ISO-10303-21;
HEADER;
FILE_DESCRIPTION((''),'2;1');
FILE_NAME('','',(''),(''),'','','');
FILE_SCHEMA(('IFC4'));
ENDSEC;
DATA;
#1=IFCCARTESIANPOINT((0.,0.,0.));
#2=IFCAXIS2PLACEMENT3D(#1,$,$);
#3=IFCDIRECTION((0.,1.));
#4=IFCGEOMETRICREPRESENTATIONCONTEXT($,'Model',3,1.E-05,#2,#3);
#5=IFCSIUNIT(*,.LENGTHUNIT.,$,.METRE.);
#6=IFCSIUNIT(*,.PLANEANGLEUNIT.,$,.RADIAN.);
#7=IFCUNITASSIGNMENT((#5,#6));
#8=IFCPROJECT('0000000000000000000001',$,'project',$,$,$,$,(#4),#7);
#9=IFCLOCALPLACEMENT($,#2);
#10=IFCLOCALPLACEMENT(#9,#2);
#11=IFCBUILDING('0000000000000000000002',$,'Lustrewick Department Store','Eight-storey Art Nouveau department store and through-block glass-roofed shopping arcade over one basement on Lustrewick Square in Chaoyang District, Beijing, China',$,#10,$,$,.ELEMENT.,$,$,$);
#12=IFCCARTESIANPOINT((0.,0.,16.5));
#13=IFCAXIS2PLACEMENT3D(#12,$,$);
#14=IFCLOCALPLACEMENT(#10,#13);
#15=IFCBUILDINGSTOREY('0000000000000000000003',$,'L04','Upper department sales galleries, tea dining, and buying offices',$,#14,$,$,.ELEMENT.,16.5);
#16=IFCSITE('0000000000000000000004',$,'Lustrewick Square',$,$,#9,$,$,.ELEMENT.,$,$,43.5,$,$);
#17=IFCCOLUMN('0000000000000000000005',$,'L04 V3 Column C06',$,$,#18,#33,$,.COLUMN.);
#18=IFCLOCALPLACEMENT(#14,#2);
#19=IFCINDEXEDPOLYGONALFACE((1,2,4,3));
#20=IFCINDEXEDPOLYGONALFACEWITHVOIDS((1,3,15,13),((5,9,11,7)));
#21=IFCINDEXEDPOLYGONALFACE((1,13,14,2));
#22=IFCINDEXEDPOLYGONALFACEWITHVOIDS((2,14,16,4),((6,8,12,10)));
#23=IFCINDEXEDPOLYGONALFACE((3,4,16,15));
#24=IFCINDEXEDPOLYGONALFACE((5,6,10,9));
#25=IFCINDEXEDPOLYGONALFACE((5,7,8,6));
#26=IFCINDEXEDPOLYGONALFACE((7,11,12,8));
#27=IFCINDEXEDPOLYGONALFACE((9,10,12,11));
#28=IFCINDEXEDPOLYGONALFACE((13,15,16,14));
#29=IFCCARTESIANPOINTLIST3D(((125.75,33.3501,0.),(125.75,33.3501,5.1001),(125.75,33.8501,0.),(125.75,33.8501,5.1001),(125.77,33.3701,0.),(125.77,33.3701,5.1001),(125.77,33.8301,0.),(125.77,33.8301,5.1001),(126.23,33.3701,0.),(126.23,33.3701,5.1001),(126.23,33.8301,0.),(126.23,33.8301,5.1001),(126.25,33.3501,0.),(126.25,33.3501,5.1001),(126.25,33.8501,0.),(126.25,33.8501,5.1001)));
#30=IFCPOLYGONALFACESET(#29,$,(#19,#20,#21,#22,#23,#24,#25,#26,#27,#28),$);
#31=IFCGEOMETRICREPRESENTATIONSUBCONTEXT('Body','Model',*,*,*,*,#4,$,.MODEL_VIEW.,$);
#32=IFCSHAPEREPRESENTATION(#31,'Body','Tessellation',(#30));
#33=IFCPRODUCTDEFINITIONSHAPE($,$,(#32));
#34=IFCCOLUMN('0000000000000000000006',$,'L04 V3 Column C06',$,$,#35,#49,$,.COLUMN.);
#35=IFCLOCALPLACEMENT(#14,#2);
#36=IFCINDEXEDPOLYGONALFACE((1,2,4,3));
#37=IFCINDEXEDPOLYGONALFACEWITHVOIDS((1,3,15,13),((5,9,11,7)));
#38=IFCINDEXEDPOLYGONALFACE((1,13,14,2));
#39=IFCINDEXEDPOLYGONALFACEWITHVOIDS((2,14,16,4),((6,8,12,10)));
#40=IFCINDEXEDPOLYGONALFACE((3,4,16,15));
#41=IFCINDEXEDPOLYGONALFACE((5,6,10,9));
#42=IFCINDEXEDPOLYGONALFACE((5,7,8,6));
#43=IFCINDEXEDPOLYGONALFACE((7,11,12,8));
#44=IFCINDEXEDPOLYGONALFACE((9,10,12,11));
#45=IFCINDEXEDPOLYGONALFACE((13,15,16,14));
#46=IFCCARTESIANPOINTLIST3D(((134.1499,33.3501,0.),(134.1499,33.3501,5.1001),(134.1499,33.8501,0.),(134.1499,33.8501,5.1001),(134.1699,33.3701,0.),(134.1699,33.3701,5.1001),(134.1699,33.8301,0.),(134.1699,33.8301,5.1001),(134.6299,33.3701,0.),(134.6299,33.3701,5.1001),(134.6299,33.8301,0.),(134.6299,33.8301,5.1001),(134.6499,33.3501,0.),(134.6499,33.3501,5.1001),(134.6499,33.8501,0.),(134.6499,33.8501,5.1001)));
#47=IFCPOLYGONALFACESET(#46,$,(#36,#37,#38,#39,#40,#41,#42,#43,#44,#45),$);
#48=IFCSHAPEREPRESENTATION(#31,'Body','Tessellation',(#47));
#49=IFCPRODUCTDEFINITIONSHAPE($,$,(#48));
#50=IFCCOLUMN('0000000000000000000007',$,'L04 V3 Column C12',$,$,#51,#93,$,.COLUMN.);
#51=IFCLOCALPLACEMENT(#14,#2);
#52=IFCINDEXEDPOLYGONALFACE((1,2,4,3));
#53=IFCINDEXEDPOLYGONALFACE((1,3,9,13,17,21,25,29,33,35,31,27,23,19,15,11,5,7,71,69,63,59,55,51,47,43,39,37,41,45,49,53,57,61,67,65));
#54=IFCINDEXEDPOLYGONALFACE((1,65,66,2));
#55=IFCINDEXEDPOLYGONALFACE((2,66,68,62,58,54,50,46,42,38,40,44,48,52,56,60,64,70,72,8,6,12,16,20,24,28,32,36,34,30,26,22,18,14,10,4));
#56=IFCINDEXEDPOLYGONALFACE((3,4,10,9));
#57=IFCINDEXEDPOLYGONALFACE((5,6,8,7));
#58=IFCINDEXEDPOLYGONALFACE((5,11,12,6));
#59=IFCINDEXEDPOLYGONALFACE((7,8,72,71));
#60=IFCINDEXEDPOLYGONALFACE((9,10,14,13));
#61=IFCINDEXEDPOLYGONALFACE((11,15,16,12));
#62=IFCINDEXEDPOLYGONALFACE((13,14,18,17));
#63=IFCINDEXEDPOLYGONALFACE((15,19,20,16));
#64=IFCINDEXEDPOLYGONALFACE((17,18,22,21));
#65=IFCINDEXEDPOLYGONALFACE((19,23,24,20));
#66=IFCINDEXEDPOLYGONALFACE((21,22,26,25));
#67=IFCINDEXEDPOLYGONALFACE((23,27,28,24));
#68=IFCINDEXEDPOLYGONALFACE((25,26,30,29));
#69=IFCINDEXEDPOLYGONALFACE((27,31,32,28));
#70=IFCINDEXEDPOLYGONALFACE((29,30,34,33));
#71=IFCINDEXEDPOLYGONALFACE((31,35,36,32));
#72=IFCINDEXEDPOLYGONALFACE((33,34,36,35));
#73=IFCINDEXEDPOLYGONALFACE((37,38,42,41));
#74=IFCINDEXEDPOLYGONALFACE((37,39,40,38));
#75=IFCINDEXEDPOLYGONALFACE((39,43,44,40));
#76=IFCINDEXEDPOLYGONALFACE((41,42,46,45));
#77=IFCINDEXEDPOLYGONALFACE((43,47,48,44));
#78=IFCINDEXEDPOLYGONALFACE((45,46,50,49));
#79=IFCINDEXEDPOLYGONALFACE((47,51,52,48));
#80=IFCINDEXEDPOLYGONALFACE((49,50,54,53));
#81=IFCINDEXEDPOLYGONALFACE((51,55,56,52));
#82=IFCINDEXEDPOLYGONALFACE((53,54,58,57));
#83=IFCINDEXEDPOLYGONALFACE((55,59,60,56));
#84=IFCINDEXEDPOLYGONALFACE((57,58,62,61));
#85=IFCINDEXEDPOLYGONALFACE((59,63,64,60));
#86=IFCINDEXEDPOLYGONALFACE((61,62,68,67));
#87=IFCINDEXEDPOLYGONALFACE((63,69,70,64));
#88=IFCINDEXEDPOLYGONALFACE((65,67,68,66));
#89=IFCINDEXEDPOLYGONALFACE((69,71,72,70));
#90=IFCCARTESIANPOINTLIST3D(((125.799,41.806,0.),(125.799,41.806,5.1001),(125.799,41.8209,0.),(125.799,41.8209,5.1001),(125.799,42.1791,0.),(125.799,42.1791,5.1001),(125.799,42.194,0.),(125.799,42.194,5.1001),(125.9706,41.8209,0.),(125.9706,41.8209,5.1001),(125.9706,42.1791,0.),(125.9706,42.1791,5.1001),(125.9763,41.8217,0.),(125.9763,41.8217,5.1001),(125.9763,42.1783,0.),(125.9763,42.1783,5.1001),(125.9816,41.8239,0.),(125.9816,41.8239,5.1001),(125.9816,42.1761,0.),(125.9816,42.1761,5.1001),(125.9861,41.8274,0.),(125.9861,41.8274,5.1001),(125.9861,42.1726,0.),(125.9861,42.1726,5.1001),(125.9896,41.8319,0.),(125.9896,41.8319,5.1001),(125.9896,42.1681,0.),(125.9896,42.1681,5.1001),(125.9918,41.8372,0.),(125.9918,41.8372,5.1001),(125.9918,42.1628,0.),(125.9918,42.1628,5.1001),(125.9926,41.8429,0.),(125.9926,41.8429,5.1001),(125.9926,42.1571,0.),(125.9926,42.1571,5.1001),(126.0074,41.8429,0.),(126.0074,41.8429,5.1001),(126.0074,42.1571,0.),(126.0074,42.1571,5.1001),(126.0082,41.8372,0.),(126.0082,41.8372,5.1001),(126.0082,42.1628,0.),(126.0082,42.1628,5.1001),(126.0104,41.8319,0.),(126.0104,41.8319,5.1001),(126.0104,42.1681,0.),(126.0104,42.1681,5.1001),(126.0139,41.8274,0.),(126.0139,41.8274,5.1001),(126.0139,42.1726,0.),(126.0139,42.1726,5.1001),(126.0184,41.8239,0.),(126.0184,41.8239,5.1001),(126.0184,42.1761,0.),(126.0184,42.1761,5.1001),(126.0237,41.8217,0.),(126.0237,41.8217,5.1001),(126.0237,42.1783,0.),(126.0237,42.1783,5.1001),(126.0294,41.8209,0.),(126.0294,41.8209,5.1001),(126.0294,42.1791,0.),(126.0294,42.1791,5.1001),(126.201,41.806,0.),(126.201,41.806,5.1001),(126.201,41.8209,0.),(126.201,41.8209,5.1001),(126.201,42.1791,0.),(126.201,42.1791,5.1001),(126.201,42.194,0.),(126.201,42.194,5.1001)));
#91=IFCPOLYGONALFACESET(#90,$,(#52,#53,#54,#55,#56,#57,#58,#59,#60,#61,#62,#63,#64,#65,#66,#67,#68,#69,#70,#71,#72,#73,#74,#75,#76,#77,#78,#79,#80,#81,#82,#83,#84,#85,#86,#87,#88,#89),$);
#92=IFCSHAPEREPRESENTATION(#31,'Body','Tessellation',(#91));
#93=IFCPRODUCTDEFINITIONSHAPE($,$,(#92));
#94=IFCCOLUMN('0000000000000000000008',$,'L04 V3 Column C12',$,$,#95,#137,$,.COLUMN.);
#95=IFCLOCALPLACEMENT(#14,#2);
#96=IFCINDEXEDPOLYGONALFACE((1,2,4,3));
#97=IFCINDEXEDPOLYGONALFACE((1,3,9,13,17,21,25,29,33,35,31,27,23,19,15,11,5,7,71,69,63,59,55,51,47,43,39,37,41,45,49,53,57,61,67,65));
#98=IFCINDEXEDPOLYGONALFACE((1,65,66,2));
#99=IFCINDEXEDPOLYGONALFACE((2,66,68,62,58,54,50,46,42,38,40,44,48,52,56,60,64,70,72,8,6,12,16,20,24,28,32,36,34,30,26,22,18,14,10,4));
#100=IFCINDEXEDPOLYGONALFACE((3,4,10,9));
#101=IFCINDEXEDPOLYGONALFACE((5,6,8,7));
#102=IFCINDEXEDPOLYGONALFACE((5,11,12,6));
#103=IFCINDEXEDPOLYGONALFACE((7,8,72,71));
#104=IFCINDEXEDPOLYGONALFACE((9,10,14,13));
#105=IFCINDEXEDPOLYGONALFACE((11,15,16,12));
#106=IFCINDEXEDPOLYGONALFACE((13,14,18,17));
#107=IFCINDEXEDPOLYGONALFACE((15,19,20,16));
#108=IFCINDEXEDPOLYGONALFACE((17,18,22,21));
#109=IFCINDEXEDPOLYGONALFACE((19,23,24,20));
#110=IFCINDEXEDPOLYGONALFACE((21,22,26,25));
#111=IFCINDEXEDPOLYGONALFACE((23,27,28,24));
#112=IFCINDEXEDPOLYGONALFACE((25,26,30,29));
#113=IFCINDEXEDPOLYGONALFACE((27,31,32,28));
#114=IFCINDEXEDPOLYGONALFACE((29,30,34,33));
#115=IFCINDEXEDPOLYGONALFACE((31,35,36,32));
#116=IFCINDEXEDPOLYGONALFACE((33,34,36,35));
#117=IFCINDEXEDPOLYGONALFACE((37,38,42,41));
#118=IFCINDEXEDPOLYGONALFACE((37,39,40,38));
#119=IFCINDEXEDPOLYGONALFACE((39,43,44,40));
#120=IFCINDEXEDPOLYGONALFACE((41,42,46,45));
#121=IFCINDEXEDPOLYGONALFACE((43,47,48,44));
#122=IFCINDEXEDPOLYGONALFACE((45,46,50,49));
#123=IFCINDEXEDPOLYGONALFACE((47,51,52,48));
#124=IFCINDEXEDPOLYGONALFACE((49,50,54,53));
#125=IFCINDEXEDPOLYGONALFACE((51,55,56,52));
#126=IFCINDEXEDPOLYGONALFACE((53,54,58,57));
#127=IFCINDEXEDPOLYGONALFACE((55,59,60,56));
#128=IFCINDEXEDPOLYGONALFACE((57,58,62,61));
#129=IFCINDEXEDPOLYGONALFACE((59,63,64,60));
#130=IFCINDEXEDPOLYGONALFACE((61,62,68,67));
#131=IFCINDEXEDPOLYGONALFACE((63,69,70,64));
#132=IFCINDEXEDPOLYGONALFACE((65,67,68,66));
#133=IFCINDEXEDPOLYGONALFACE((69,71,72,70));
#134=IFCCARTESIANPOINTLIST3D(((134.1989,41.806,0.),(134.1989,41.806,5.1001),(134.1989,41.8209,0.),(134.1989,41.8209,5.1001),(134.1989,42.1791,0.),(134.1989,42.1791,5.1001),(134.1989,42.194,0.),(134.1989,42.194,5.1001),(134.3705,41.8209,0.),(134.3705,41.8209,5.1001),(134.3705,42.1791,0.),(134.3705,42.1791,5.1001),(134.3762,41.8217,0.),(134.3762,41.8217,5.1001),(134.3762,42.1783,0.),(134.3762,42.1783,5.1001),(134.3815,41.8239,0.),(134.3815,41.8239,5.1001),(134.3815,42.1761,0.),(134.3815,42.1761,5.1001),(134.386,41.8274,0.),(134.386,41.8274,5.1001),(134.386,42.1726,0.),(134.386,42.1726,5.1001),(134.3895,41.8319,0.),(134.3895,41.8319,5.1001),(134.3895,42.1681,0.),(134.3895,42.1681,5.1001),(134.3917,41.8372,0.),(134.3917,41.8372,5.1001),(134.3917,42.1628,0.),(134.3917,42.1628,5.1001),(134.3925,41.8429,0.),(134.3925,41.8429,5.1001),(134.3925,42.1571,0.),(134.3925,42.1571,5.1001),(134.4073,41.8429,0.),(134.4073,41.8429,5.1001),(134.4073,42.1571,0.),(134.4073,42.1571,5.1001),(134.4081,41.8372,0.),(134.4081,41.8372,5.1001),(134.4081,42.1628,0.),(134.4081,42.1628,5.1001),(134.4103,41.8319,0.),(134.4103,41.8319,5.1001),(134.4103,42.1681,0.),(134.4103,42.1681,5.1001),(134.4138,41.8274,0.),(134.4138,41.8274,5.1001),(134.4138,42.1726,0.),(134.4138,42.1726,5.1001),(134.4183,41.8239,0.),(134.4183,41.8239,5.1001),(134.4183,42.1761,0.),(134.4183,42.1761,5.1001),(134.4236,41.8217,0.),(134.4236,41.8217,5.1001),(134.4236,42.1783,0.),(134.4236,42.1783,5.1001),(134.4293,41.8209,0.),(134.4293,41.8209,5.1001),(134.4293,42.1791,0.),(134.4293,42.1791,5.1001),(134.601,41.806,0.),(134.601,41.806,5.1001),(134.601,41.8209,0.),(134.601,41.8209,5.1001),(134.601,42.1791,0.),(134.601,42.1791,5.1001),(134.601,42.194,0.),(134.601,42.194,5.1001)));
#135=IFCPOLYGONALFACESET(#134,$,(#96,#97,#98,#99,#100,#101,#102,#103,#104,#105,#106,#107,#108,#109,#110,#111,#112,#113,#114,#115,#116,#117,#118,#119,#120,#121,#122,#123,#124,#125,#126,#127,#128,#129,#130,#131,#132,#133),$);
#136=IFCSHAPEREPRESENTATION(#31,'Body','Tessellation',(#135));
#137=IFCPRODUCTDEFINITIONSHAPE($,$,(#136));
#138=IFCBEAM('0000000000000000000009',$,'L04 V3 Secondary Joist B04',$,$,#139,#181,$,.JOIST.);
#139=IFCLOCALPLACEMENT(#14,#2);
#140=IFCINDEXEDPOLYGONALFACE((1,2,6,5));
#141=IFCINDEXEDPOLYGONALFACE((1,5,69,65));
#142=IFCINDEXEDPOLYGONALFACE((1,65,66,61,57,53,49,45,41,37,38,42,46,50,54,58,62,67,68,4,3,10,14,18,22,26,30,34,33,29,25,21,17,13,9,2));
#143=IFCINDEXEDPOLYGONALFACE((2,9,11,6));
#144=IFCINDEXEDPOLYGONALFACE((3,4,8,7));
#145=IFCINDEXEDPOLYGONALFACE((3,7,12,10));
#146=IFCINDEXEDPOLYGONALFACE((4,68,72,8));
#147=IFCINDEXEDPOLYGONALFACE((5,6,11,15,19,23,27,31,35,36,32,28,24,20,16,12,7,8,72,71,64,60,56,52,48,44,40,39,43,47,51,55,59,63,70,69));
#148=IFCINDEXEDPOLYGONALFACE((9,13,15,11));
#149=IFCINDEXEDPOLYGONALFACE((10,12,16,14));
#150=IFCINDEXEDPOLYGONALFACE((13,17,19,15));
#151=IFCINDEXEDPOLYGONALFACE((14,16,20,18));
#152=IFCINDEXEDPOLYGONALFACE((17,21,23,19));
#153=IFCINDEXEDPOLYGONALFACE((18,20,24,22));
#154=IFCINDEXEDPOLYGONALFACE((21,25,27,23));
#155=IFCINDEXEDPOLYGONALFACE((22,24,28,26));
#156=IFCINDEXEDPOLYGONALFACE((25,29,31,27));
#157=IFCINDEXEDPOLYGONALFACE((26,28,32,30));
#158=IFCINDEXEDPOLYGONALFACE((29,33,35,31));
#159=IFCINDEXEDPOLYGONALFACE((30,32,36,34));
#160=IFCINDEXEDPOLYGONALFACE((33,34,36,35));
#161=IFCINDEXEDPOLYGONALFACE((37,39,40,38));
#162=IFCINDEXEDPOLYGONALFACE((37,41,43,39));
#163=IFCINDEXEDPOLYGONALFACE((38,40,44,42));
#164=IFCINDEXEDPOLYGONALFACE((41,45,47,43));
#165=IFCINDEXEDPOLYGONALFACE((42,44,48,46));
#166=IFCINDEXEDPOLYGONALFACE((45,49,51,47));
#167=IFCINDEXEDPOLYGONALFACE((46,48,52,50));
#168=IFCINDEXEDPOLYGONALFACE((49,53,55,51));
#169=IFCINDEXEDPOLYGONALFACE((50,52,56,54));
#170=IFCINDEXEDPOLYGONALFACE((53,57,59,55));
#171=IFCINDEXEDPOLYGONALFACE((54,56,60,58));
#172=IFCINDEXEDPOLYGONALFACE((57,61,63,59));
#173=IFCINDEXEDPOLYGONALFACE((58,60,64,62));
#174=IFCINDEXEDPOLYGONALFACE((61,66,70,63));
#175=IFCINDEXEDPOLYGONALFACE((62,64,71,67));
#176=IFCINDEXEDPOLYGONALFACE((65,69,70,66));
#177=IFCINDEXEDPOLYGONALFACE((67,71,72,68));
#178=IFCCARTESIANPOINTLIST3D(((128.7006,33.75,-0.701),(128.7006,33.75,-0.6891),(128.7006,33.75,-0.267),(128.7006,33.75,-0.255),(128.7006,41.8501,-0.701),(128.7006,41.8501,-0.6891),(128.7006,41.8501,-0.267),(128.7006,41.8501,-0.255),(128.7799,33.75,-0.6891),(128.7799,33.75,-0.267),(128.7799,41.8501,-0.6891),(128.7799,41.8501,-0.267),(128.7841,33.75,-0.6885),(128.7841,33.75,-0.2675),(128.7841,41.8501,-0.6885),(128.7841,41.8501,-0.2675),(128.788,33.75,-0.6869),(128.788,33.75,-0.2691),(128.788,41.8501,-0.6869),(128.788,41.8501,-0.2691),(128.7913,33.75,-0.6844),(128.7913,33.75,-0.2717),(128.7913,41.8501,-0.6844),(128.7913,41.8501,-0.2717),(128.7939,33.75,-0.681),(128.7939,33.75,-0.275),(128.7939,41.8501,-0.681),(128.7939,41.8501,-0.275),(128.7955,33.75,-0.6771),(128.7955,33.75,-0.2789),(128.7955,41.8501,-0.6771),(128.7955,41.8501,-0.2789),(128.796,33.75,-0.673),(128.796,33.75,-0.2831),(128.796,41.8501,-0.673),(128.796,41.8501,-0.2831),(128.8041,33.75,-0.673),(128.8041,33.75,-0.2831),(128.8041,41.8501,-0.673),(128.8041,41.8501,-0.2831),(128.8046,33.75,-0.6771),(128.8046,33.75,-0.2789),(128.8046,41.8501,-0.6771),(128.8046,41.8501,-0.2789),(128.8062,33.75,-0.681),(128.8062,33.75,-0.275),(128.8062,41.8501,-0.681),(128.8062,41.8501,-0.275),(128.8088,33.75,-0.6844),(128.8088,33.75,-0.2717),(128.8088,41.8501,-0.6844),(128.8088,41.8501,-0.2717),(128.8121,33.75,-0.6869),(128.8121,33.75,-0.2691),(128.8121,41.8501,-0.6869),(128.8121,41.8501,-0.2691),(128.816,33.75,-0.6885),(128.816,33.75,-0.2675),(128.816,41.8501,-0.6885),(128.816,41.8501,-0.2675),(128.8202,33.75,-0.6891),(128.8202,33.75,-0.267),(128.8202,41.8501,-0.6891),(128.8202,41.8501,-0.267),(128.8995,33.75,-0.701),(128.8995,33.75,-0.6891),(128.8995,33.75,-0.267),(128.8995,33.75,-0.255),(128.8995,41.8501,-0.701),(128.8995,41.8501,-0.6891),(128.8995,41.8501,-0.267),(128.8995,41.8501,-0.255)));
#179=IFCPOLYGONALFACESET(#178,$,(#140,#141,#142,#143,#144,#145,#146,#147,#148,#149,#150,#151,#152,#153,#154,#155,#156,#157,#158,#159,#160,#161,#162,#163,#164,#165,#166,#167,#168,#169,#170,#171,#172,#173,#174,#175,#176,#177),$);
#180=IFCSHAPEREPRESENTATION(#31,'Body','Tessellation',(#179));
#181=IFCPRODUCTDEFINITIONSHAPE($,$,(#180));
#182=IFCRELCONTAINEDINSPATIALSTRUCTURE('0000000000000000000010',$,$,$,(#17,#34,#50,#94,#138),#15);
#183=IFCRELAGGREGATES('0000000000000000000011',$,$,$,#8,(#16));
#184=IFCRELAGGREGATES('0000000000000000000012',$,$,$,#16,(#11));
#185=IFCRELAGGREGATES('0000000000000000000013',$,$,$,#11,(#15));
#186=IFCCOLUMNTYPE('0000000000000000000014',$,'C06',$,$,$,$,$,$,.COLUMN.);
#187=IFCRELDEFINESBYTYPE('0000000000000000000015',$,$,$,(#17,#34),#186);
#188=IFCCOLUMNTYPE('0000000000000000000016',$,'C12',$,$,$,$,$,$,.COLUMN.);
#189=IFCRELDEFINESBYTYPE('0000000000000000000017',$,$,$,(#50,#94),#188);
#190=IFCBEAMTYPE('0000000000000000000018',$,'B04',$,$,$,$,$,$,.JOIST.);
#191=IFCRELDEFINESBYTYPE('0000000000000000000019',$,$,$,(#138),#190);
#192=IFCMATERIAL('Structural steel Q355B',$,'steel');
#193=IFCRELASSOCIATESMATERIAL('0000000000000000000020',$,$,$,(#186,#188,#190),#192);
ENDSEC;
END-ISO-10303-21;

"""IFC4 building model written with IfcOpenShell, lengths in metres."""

from ifc_helpers import new_model, si_unit, direction, frame, origin, origin_2d, place, context, subcontext, project, spatial, hollow_rectangle, i_section, extrude, material, material_profile, profile_set, type_object, element, save


model = new_model("IFC4")

# Units and contexts
model_context = context("Model", 3, precision=1e-05, world=origin(), true_north=direction((0.0, 1.0)))
body_context = subcontext(model_context, "Body", "Model", "MODEL_VIEW")
ifc_project = project(units=[si_unit("LENGTHUNIT", "METRE"), si_unit("PLANEANGLEUNIT", "RADIAN")], contexts=[model_context])

# Site, building, storey
site_placement = place(None, origin())
site = spatial("IfcSite", under=ifc_project, at=site_placement, Name="Lustrewick Square", CompositionType="ELEMENT", RefElevation=43.5)
building_placement = place(site_placement, origin())
building = spatial("IfcBuilding", under=site, at=building_placement, Name="Lustrewick Department Store", Description="Eight-storey Art Nouveau department store and through-block glass-roofed shopping arcade over one basement on Lustrewick Square in Chaoyang District, Beijing, China", CompositionType="ELEMENT")
storey_placement = place(building_placement, frame((0.0, 0.0, 16.5)))
storey = spatial("IfcBuildingStorey", under=building, at=storey_placement, Name="L04", Description="Upper department sales galleries, tea dining, and buying offices", CompositionType="ELEMENT", Elevation=16.5)

# Columns
ifc_material_1 = material(Name="Structural steel Q355B", Category="steel")
ifc_material_profile_1 = material_profile(ifc_material_1, hollow_rectangle(XDim=0.5, YDim=0.5, WallThickness=0.02, at=origin_2d()), Name="BOX 500x500x20")
ifc_profile_set_1 = profile_set([ifc_material_profile_1], Name="Structural steel Q355B")
column_type_1 = type_object("IfcColumnType", Name="C06", PredefinedType="COLUMN", material=ifc_profile_set_1)
for number, where, z_axis, x_axis, name in (
    (1, (126.0, 33.6001, 0.0), (0.0, 0.0, 1.0), (1.0, 0.0, 0.0), "L04 V3 Column C06"),
    (2, (134.3999, 33.6001, 0.0), (0.0, 0.0, 1.0), (1.0, 0.0, 0.0), "L04 V3 Column C06"),
):
    element("IfcColumn", number, at=place(storey_placement, frame(where, z_axis=z_axis, x_axis=x_axis)), inside=storey, type_object=column_type_1, Name=name, PredefinedType="COLUMN", context=body_context, shape_type="SweptSolid", body=[
        extrude(hollow_rectangle(XDim=0.5, YDim=0.5, WallThickness=0.02, at=origin_2d()), origin(), (0.0, 0.0, 1.0), 5.1001),
    ])
ifc_material_profile_2 = material_profile(ifc_material_1, i_section(OverallWidth=0.4021, OverallDepth=0.3879, WebThickness=0.0149, FlangeThickness=0.0149, FilletRadius=0.022, at=origin_2d()), Name="HW 388x402x15x15")
ifc_profile_set_2 = profile_set([ifc_material_profile_2], Name="Structural steel Q355B")
column_type_2 = type_object("IfcColumnType", Name="C12", PredefinedType="COLUMN", material=ifc_profile_set_2)
for number, where, z_axis, x_axis, name in (
    (3, (126.0, 42.0, 0.0), (0.0, 0.0, 1.0), (1.0, 0.0, 0.0), "L04 V3 Column C12"),
    (4, (134.3999, 42.0, 0.0), (0.0, 0.0, 1.0), (1.0, 0.0, 0.0), "L04 V3 Column C12"),
):
    element("IfcColumn", number, at=place(storey_placement, frame(where, z_axis=z_axis, x_axis=x_axis)), inside=storey, type_object=column_type_2, Name=name, PredefinedType="COLUMN", context=body_context, shape_type="SweptSolid", body=[
        extrude(i_section(OverallWidth=0.4021, OverallDepth=0.3879, WebThickness=0.0149, FlangeThickness=0.0149, FilletRadius=0.022, at=origin_2d()), origin(), (0.0, 0.0, 1.0), 5.1001),
    ])

# Beam
ifc_material_profile_3 = material_profile(ifc_material_1, i_section(OverallWidth=0.199, OverallDepth=0.446, WebThickness=0.0081, FlangeThickness=0.012, FilletRadius=0.0161, at=origin_2d()), Name="HN 446x199x8x12")
ifc_profile_set_3 = profile_set([ifc_material_profile_3], Name="Structural steel Q355B")
beam_type_1 = type_object("IfcBeamType", Name="B04", PredefinedType="JOIST", material=ifc_profile_set_3)
beam_1_placement = place(storey_placement, frame((128.8, 33.75, -0.478), z_axis=(0.0, 1.0, 0.0), x_axis=(-1.0, 0.0, 0.0)))
element("IfcBeam", 5, at=beam_1_placement, inside=storey, type_object=beam_type_1, Name="L04 V3 Secondary Joist B04", PredefinedType="JOIST", context=body_context, shape_type="SweptSolid", body=[
    extrude(i_section(OverallWidth=0.199, OverallDepth=0.446, WebThickness=0.0081, FlangeThickness=0.012, FilletRadius=0.0161, at=origin_2d()), origin(), (0.0, 0.0, 1.0), 8.1001),
])

save(model, "model.ifc")
